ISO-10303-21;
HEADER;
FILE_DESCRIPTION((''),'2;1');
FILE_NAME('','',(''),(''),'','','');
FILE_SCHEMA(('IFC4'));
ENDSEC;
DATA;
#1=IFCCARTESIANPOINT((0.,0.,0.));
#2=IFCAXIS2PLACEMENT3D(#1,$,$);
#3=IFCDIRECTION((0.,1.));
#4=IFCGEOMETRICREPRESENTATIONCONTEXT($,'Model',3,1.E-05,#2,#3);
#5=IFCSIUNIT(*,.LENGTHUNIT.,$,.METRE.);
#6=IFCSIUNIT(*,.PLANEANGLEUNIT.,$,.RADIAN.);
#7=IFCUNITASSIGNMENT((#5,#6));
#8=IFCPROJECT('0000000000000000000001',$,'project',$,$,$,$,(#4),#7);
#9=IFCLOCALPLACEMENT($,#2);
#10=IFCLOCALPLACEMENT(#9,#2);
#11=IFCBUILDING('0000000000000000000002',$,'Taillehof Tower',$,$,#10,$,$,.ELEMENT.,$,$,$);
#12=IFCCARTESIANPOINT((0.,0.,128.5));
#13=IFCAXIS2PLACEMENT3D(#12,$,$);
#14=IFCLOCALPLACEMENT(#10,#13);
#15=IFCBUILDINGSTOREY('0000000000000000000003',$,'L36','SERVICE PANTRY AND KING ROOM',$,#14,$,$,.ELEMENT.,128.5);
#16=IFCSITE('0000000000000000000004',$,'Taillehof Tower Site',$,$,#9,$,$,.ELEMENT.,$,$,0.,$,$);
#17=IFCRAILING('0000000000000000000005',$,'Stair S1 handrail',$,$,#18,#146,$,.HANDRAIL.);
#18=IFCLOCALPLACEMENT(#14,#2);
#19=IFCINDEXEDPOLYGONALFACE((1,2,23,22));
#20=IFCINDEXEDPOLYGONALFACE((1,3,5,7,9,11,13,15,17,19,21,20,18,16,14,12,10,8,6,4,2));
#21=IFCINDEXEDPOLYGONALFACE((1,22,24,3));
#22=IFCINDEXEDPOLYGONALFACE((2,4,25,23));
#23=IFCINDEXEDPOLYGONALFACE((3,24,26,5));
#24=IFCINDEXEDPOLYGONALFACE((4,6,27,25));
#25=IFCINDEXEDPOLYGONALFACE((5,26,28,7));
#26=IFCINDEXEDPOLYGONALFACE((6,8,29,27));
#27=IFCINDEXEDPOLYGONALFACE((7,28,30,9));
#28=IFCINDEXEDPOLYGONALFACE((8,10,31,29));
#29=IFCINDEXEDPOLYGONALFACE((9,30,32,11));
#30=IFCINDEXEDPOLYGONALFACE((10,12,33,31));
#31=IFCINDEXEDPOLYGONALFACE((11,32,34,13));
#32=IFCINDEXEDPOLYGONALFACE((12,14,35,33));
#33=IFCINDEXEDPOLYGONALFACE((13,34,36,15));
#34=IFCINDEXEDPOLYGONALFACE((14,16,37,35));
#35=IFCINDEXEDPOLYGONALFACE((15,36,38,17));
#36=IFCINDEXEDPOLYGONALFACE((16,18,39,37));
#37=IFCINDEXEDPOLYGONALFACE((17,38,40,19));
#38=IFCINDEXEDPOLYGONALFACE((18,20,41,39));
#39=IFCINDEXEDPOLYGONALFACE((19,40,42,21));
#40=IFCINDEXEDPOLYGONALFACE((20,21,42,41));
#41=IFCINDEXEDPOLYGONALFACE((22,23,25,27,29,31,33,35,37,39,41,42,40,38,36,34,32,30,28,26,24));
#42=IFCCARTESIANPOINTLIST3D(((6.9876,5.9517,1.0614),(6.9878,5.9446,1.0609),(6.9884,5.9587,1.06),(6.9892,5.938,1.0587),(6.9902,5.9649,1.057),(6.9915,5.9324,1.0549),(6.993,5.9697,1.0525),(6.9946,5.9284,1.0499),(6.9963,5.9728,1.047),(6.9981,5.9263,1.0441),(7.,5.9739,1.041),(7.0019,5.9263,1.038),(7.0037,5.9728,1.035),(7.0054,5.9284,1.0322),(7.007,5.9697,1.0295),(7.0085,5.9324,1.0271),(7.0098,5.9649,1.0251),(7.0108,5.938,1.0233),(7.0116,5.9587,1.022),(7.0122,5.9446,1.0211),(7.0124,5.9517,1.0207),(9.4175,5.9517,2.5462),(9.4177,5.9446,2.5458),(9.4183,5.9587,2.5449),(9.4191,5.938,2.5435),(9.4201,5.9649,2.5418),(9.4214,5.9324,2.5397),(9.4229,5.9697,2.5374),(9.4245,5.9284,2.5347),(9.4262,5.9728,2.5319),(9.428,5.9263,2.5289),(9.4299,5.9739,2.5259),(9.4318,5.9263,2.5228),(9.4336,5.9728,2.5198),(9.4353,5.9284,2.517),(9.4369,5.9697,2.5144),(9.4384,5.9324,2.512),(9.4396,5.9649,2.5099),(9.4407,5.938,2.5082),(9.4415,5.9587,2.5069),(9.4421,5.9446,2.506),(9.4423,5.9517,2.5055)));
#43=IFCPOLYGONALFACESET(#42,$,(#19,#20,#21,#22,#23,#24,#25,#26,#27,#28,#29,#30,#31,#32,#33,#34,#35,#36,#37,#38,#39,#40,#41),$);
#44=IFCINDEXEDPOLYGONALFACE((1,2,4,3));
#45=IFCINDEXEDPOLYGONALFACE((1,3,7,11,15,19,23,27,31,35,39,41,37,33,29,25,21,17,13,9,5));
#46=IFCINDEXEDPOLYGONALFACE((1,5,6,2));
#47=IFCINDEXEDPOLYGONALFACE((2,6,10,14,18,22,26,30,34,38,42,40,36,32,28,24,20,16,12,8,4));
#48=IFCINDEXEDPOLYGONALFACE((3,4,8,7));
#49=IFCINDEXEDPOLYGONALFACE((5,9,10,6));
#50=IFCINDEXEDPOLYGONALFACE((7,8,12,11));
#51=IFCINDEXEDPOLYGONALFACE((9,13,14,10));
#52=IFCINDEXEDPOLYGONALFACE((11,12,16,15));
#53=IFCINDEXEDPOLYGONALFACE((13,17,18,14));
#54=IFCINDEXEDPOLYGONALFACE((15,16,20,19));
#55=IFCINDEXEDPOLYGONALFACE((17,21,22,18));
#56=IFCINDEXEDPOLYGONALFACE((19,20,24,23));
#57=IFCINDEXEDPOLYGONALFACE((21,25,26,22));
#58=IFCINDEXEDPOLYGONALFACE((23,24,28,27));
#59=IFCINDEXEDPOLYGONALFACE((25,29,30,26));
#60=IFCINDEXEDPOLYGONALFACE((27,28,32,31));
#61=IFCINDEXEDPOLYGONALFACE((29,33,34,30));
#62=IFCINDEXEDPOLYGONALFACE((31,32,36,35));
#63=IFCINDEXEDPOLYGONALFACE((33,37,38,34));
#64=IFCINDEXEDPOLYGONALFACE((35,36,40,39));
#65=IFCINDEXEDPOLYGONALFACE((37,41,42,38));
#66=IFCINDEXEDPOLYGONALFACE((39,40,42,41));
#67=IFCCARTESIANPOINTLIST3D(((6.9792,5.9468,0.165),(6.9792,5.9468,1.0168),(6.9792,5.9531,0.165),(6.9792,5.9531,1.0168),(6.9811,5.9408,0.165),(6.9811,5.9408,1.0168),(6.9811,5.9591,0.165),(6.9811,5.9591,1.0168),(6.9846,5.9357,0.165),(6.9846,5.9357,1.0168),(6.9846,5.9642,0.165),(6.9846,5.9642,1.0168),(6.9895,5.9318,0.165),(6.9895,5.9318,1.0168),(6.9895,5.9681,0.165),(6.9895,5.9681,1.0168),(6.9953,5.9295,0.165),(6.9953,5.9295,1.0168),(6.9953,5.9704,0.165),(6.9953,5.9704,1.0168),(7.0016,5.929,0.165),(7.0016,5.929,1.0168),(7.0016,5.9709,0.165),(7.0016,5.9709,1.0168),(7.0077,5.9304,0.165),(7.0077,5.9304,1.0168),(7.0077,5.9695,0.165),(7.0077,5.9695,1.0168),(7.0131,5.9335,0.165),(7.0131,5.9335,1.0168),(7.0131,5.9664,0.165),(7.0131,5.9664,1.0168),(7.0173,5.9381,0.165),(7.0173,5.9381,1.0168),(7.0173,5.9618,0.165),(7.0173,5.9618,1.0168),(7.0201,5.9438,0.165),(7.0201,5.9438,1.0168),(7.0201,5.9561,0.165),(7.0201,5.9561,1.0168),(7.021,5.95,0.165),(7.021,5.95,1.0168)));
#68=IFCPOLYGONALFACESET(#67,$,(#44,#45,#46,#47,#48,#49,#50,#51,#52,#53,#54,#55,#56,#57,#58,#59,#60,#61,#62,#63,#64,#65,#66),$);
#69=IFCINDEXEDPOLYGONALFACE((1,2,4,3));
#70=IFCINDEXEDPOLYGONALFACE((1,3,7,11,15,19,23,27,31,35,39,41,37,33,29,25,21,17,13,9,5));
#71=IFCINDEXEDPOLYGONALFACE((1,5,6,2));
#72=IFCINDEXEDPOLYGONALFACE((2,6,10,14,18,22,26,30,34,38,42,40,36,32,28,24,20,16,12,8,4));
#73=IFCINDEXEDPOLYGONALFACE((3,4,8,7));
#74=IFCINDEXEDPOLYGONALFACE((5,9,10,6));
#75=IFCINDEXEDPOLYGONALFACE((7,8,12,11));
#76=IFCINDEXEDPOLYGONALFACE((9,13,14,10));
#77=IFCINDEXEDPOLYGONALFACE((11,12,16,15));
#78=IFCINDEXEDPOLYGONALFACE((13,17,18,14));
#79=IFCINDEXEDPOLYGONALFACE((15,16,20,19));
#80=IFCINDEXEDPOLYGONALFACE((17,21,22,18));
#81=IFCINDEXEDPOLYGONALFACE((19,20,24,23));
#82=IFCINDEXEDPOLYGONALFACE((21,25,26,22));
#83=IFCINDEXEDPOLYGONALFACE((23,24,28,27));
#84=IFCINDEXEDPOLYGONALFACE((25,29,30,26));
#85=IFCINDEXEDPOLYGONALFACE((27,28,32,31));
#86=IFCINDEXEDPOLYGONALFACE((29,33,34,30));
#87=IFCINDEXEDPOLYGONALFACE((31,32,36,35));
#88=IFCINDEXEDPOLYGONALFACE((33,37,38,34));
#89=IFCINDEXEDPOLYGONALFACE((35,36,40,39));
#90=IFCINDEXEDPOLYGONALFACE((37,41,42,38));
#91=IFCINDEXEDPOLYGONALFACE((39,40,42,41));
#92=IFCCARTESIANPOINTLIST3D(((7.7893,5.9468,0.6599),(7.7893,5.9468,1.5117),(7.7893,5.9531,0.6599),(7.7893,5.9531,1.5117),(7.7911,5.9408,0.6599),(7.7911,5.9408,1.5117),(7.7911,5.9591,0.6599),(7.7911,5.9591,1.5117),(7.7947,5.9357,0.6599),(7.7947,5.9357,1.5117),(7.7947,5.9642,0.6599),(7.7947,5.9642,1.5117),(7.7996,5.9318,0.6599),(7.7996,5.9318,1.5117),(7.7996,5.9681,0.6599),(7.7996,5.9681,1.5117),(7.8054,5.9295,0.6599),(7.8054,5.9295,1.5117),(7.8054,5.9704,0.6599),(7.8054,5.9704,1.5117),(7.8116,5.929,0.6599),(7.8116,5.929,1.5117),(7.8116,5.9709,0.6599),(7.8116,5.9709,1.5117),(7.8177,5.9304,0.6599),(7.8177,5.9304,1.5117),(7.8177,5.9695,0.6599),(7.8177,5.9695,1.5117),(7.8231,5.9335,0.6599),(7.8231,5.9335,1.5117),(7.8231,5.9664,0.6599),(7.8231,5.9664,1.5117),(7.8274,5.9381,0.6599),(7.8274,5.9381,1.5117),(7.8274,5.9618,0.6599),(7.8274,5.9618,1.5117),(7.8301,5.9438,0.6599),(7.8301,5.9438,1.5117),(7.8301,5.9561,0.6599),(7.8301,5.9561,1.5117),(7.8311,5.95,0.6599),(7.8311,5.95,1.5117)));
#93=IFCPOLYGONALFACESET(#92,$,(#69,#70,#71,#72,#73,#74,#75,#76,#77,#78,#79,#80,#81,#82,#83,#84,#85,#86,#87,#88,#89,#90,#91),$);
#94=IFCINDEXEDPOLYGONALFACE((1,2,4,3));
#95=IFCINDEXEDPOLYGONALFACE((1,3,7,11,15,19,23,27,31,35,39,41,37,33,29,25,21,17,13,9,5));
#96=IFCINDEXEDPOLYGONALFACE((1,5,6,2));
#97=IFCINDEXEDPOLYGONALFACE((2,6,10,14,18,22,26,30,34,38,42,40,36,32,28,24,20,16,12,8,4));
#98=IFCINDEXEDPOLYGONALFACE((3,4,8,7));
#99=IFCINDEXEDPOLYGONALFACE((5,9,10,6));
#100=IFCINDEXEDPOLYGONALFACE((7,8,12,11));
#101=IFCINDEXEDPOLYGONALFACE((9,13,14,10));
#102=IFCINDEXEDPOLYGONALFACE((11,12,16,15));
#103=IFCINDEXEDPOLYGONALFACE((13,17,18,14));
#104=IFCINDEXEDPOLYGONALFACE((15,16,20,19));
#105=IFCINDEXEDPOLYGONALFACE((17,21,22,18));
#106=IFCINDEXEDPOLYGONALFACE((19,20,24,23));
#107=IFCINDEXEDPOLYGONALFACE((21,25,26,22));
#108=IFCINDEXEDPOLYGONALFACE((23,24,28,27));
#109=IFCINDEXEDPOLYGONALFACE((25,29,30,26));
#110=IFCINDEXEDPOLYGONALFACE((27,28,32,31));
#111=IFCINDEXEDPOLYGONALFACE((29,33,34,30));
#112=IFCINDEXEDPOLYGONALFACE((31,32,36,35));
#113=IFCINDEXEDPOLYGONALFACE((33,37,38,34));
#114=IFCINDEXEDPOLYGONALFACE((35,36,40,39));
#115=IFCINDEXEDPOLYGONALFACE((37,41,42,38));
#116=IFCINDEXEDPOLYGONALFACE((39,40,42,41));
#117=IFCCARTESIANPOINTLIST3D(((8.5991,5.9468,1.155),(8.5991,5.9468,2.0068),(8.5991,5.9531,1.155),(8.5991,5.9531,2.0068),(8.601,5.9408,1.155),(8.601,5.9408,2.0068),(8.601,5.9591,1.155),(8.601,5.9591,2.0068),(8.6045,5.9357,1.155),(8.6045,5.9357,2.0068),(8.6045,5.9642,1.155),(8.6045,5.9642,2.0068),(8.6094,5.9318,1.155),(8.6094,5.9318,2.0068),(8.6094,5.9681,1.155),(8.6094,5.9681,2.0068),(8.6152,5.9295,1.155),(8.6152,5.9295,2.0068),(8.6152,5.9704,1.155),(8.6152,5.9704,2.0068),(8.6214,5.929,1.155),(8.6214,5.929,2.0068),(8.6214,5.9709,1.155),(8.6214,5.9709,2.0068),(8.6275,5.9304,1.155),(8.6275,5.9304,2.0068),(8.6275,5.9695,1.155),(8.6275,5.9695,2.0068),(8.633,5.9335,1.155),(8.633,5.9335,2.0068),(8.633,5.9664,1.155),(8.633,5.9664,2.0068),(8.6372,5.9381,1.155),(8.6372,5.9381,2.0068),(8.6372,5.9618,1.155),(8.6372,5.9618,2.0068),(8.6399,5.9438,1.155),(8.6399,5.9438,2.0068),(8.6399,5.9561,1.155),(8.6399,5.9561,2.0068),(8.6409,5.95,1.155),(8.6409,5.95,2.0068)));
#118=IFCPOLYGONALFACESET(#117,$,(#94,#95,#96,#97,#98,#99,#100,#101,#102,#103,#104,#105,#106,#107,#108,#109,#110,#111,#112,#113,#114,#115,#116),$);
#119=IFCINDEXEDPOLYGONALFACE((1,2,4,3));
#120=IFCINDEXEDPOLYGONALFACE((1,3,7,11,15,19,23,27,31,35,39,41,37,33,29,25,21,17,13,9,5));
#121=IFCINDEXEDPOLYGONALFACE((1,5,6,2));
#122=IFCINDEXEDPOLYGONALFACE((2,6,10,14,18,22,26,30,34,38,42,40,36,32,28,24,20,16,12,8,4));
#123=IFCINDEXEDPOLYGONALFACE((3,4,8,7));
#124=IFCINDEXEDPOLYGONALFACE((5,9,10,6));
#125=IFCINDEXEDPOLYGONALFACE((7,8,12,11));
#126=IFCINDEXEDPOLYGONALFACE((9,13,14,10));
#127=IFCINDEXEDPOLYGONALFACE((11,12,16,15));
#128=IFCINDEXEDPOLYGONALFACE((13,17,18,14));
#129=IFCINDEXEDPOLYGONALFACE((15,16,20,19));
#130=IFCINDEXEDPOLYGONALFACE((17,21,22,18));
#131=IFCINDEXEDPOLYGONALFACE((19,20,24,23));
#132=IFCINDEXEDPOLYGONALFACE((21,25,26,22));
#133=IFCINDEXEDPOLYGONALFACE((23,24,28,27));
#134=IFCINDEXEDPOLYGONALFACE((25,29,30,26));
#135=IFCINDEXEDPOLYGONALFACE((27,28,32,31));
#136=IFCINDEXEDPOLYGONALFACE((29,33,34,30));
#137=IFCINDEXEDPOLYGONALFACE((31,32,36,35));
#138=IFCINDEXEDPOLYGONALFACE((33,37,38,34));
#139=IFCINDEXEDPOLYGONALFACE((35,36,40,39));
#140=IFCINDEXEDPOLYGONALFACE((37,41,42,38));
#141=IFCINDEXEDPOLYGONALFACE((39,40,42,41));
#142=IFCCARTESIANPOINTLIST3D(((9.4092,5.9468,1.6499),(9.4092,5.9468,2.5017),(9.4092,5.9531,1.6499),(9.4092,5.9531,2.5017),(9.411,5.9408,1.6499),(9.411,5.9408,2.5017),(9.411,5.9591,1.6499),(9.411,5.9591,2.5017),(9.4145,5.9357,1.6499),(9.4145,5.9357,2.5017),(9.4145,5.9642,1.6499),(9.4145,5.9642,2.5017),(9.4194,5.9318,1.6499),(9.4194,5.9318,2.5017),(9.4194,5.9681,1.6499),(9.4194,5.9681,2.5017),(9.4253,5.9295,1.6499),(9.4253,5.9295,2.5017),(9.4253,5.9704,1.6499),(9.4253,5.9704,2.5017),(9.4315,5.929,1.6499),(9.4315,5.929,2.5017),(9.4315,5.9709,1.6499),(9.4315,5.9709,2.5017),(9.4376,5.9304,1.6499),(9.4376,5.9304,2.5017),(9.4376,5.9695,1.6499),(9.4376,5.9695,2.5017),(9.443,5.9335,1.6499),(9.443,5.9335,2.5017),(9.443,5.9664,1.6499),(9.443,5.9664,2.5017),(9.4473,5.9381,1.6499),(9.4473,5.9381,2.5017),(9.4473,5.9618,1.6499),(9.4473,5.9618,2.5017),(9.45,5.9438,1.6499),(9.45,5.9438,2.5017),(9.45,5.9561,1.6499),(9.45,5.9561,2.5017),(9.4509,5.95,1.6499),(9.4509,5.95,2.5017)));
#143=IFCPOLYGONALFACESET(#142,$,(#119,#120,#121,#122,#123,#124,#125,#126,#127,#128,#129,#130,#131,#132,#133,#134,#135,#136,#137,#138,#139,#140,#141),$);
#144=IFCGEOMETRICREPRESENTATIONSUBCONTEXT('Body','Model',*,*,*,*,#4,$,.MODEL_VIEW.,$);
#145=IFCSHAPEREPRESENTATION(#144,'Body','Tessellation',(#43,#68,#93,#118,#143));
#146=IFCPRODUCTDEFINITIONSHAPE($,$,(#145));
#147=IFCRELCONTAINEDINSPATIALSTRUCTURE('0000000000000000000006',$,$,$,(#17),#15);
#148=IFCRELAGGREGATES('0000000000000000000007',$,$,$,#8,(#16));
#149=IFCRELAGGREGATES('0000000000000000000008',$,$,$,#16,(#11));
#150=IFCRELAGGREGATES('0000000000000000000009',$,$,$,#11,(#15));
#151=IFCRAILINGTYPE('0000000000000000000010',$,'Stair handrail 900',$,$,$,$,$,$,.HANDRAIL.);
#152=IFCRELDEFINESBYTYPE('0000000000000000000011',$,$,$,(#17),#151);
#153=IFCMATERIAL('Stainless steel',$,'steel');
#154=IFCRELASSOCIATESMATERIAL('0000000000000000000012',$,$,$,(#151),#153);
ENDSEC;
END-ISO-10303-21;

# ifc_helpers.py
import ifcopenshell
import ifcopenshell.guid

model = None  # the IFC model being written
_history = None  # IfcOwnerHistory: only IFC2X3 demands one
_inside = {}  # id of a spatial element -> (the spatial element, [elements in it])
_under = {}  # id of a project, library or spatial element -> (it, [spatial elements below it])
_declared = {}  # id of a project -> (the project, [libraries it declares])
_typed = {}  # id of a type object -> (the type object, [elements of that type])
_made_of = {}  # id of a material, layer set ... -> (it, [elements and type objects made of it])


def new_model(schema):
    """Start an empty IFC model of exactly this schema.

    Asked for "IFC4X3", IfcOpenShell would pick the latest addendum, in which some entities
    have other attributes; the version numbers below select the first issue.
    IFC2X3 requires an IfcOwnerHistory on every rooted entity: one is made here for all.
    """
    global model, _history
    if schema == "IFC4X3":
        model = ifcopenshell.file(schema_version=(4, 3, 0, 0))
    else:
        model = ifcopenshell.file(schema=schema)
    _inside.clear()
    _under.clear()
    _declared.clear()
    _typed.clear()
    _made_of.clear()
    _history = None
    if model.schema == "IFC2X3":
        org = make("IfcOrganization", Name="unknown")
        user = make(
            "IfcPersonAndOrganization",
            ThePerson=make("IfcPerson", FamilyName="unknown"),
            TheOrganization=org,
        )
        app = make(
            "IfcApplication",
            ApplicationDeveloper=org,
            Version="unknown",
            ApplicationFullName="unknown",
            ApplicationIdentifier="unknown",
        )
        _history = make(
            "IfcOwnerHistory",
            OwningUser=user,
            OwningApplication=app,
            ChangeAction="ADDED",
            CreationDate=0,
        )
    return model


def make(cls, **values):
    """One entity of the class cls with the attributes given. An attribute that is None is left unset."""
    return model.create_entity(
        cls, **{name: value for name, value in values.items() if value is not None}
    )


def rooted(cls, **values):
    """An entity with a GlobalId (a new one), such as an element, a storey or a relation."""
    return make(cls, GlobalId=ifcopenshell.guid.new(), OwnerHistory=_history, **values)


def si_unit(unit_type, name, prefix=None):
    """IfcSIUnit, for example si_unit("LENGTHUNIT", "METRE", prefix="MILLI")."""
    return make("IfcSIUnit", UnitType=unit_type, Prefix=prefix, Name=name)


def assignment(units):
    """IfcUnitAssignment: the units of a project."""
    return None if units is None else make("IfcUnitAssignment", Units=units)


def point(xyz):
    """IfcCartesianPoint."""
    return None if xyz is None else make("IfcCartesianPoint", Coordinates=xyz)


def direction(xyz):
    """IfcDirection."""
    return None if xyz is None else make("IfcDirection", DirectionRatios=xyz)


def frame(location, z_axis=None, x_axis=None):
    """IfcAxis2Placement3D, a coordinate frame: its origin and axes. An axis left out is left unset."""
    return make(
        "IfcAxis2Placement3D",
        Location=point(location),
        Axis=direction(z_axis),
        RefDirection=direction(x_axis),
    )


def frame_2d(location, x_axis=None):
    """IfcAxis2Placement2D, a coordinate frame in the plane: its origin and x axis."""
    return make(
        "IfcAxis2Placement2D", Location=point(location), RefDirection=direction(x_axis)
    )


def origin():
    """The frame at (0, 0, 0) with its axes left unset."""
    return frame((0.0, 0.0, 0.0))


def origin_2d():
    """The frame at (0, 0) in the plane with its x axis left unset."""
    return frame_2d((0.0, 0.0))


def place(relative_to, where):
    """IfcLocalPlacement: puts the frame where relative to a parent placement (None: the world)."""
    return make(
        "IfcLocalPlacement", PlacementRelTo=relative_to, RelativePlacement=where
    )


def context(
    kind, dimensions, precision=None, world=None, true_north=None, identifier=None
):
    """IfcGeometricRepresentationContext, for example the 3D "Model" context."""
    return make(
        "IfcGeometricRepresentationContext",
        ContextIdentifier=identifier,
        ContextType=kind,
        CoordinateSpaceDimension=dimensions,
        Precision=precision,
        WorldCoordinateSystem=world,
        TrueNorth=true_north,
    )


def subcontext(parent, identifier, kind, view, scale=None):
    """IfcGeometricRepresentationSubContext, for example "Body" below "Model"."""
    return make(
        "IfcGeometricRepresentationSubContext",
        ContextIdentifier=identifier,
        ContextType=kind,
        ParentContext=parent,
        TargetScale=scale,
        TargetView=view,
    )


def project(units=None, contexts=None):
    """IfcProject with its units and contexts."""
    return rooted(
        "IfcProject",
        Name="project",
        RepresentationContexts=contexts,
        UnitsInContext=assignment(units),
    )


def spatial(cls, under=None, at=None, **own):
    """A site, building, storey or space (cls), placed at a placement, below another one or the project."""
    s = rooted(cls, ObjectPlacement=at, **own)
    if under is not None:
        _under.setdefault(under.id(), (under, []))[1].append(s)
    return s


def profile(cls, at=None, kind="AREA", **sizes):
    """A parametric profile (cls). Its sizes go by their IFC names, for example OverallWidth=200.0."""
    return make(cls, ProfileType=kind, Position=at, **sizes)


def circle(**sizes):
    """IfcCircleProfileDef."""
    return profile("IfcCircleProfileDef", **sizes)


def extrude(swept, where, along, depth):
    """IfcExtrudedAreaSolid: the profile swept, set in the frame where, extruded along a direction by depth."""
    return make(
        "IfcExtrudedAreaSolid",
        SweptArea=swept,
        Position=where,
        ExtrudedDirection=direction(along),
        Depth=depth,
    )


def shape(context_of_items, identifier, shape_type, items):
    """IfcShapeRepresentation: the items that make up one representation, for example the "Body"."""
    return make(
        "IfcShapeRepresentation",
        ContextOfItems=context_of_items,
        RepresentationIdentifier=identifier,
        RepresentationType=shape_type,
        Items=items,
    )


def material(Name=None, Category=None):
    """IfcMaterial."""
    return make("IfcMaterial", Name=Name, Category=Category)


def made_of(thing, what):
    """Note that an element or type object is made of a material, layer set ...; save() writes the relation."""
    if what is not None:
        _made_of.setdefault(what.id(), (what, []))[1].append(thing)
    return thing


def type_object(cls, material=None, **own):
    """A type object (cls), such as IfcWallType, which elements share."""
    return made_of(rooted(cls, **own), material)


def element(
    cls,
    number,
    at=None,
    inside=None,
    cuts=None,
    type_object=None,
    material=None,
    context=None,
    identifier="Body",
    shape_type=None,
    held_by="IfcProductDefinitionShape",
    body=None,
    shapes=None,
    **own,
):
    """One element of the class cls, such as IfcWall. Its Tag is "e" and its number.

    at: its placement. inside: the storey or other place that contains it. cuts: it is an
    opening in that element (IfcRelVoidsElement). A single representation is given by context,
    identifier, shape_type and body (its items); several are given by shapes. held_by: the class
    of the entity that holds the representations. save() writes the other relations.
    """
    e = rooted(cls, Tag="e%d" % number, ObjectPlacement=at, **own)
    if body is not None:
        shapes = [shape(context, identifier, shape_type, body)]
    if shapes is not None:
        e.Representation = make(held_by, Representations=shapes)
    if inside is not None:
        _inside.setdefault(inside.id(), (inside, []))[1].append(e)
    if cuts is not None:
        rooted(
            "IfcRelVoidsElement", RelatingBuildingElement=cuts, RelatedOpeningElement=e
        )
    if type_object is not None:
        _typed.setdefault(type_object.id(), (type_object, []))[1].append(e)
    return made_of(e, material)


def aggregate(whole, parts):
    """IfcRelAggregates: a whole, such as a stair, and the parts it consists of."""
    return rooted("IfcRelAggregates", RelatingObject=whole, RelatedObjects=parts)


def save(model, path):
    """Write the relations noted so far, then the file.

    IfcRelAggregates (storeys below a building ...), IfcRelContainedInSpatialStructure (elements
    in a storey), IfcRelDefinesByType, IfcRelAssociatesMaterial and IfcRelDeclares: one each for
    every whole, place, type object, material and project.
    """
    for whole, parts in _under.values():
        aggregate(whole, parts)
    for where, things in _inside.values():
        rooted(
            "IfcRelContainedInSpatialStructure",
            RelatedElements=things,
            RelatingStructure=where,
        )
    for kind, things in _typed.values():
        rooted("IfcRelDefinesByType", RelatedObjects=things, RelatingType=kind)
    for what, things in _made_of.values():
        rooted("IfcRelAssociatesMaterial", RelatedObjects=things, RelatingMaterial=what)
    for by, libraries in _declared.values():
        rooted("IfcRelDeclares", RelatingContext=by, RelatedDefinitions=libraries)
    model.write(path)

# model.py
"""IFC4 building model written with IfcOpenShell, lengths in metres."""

from ifc_helpers import new_model, si_unit, direction, frame, origin, origin_2d, place, context, subcontext, project, spatial, circle, extrude, material, type_object, element, save


model = new_model("IFC4")

# Units and contexts
model_context = context("Model", 3, precision=1e-05, world=origin(), true_north=direction((0.0, 1.0)))
body_context = subcontext(model_context, "Body", "Model", "MODEL_VIEW")
ifc_project = project(units=[si_unit("LENGTHUNIT", "METRE"), si_unit("PLANEANGLEUNIT", "RADIAN")], contexts=[model_context])

# Site, building, storey
site_placement = place(None, origin())
site = spatial("IfcSite", under=ifc_project, at=site_placement, Name="Taillehof Tower Site", CompositionType="ELEMENT", RefElevation=0.0)
building_placement = place(site_placement, origin())
building = spatial("IfcBuilding", under=site, at=building_placement, Name="Taillehof Tower", CompositionType="ELEMENT")
storey_placement = place(building_placement, frame((0.0, 0.0, 128.5)))
storey = spatial("IfcBuildingStorey", under=building, at=storey_placement, Name="L36", Description="SERVICE PANTRY AND KING ROOM", CompositionType="ELEMENT", Elevation=128.5)

# Railing
ifc_material_1 = material(Name="Stainless steel", Category="steel")
railing_type = type_object("IfcRailingType", Name="Stair handrail 900", PredefinedType="HANDRAIL", material=ifc_material_1)
railing_placement = place(storey_placement, frame((7.0, 5.95, 0.165)))
element("IfcRailing", 1, at=railing_placement, inside=storey, type_object=railing_type, Name="Stair S1 handrail", PredefinedType="HANDRAIL", context=body_context, shape_type="SweptSolid", body=[
    extrude(circle(Radius=0.0239, at=origin_2d()), frame((0.0, 0.0, 0.876), z_axis=(0.853297, 0.0, 0.521426), x_axis=(0.0, 1.0, 0.0)), (0.0, 0.0, 1.0), 2.8477),
    extrude(circle(Radius=0.021, at=origin_2d()), origin(), (0.0, 0.0, 1.0), 0.8518),
    extrude(circle(Radius=0.021, at=origin_2d()), frame((0.8101, 0.0, 0.4949)), (0.0, 0.0, 1.0), 0.8518),
    extrude(circle(Radius=0.021, at=origin_2d()), frame((1.6199, 0.0, 0.99)), (0.0, 0.0, 1.0), 0.8518),
    extrude(circle(Radius=0.021, at=origin_2d()), frame((2.4299, 0.0, 1.4849)), (0.0, 0.0, 1.0), 0.8518),
])

save(model, "model.ifc")
